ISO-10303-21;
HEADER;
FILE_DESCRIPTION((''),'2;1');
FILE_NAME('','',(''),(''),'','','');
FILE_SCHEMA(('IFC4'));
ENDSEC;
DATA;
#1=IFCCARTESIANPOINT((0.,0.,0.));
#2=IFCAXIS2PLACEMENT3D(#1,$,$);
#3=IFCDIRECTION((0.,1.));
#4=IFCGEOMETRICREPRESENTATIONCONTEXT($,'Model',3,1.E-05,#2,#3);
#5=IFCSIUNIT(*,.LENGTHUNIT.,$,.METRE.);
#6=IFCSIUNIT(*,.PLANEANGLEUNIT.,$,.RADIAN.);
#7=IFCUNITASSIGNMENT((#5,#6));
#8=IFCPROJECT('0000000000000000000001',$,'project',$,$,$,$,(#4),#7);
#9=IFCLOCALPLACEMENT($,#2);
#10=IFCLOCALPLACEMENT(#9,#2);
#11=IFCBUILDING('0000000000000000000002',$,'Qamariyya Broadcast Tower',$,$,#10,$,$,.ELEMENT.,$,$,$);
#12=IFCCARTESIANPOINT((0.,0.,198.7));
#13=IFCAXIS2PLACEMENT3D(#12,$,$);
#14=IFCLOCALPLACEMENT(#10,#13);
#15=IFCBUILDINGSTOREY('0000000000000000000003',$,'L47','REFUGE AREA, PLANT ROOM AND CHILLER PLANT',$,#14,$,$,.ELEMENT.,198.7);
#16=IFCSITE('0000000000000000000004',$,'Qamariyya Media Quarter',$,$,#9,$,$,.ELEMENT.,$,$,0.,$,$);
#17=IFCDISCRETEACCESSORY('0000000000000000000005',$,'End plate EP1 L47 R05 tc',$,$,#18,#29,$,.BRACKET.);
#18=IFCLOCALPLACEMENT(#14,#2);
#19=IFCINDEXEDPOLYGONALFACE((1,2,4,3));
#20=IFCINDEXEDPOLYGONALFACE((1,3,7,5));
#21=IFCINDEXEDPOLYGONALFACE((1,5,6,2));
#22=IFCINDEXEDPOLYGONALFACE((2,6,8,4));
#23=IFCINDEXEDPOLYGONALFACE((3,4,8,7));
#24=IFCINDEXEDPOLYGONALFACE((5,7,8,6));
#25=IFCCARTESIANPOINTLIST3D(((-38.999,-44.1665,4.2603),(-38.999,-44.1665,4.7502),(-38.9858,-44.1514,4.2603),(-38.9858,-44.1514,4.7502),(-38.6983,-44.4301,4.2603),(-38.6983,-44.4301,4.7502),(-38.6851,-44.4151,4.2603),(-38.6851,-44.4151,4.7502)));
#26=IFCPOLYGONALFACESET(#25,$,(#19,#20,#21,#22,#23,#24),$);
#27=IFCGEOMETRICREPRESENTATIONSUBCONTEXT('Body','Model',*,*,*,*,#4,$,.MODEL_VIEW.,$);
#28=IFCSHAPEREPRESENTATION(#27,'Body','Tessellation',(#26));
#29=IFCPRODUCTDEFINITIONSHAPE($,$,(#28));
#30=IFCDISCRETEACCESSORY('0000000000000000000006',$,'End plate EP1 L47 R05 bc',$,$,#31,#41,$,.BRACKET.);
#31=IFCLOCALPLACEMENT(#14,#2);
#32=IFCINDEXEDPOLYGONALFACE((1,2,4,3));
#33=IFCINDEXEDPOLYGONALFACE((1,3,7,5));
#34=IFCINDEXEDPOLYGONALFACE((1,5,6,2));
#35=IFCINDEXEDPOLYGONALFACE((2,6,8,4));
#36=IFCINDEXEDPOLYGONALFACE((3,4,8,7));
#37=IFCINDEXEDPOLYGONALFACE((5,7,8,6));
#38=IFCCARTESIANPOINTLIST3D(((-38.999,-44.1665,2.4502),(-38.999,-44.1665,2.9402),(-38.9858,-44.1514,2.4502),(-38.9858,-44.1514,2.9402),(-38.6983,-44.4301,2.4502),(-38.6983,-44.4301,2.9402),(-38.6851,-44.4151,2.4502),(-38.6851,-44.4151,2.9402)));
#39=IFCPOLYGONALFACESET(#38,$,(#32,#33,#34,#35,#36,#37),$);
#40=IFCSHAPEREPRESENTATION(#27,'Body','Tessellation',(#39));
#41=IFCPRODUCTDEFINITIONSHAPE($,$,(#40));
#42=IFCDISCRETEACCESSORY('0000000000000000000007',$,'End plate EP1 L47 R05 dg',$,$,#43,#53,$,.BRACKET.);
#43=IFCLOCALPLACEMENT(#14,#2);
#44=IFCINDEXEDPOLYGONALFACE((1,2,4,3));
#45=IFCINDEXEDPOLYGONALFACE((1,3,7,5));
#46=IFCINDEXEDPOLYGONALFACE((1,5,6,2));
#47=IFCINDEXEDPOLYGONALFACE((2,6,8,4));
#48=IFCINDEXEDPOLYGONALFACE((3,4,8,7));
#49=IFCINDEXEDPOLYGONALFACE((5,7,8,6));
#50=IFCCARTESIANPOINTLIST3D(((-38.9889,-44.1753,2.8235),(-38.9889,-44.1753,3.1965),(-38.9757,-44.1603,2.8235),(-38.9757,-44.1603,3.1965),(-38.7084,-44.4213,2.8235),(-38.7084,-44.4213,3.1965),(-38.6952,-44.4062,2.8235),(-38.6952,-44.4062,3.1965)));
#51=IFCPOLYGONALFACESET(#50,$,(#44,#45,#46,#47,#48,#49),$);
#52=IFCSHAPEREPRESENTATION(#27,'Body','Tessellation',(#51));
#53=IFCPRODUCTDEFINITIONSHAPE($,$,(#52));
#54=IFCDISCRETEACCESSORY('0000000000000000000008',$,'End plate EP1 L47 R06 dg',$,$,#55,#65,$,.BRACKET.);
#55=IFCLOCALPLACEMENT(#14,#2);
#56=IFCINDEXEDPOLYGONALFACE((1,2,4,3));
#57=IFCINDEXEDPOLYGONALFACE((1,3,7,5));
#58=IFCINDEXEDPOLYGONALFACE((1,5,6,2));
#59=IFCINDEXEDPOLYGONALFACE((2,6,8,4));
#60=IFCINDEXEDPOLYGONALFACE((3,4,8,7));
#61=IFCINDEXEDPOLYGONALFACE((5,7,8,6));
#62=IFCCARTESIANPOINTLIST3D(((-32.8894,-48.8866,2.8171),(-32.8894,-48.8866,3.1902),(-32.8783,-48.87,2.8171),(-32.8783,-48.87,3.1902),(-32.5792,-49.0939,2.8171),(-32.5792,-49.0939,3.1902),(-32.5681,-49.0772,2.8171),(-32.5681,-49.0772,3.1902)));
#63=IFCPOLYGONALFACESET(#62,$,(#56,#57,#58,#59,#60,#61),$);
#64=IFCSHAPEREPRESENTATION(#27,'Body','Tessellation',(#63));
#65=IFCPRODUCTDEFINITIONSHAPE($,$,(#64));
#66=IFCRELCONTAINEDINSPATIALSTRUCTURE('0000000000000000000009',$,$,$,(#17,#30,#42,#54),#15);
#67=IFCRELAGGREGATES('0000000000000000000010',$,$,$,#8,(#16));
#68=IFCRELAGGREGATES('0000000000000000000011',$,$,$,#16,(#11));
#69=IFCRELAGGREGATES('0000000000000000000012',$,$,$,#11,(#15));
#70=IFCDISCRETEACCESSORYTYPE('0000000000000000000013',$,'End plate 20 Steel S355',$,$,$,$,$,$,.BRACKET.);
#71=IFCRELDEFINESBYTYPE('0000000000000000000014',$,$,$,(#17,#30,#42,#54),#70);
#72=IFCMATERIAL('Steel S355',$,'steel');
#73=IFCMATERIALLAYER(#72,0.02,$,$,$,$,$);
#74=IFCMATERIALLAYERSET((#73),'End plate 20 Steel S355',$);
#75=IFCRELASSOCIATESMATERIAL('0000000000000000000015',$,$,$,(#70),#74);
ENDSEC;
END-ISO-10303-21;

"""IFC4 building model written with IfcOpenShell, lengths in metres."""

from ifc_helpers import new_model, si_unit, direction, frame, origin, origin_2d, place, context, subcontext, project, spatial, rectangle, extrude, material, layer, layer_set, type_object, element, save


model = new_model("IFC4")

# Units and contexts
model_context = context("Model", 3, precision=1e-05, world=origin(), true_north=direction((0.0, 1.0)))
body_context = subcontext(model_context, "Body", "Model", "MODEL_VIEW")
ifc_project = project(units=[si_unit("LENGTHUNIT", "METRE"), si_unit("PLANEANGLEUNIT", "RADIAN")], contexts=[model_context])

# Site, building, storey
site_placement = place(None, origin())
site = spatial("IfcSite", under=ifc_project, at=site_placement, Name="Qamariyya Media Quarter", CompositionType="ELEMENT", RefElevation=0.0)
building_placement = place(site_placement, origin())
building = spatial("IfcBuilding", under=site, at=building_placement, Name="Qamariyya Broadcast Tower", CompositionType="ELEMENT")
storey_placement = place(building_placement, frame((0.0, 0.0, 198.7)))
storey = spatial("IfcBuildingStorey", under=building, at=storey_placement, Name="L47", Description="REFUGE AREA, PLANT ROOM AND CHILLER PLANT", CompositionType="ELEMENT", Elevation=198.7)

# Shared definitions
ifc_material_1 = material(Name="Steel S355", Category="steel")

# Discrete accessories
ifc_layer_1 = layer(ifc_material_1, 0.02)
ifc_layer_set_1 = layer_set([ifc_layer_1], Name="End plate 20 Steel S355")
discrete_accessory_type = type_object("IfcDiscreteAccessoryType", Name="End plate 20 Steel S355", PredefinedType="BRACKET", material=ifc_layer_set_1)
for number, where, z_axis, x_axis, name in (
    (1, (-38.842, -44.2908, 4.2603), (0.0, 0.0, 1.0), (-0.75184, 0.659346, 0.0), "End plate EP1 L47 R05 tc"),
    (2, (-38.842, -44.2908, 2.4502), (0.0, 0.0, 1.0), (-0.75184, 0.659346, 0.0), "End plate EP1 L47 R05 bc"),
):
    element("IfcDiscreteAccessory", number, at=place(storey_placement, frame(where, z_axis=z_axis, x_axis=x_axis)), inside=storey, type_object=discrete_accessory_type, Name=name, PredefinedType="BRACKET", context=body_context, shape_type="SweptSolid", body=[
        extrude(rectangle(XDim=0.3999, YDim=0.02, at=origin_2d()), origin(), (0.0, 0.0, 1.0), 0.49),
    ])
for number, where, z_axis, x_axis, name in (
    (3, (-38.842, -44.2908, 2.8235), (0.0, 0.0, 1.0), (-0.75184, 0.659346, 0.0), "End plate EP1 L47 R05 dg"),
    (4, (-32.7288, -48.9819, 2.8171), (0.0, 0.0, 1.0), (-0.83147, 0.55557, 0.0), "End plate EP1 L47 R06 dg"),
):
    element("IfcDiscreteAccessory", number, at=place(storey_placement, frame(where, z_axis=z_axis, x_axis=x_axis)), inside=storey, type_object=discrete_accessory_type, Name=name, PredefinedType="BRACKET", context=body_context, shape_type="SweptSolid", body=[
        extrude(rectangle(XDim=0.373, YDim=0.02, at=origin_2d()), origin(), (0.0, 0.0, 1.0), 0.373),
    ])

save(model, "model.ifc")
